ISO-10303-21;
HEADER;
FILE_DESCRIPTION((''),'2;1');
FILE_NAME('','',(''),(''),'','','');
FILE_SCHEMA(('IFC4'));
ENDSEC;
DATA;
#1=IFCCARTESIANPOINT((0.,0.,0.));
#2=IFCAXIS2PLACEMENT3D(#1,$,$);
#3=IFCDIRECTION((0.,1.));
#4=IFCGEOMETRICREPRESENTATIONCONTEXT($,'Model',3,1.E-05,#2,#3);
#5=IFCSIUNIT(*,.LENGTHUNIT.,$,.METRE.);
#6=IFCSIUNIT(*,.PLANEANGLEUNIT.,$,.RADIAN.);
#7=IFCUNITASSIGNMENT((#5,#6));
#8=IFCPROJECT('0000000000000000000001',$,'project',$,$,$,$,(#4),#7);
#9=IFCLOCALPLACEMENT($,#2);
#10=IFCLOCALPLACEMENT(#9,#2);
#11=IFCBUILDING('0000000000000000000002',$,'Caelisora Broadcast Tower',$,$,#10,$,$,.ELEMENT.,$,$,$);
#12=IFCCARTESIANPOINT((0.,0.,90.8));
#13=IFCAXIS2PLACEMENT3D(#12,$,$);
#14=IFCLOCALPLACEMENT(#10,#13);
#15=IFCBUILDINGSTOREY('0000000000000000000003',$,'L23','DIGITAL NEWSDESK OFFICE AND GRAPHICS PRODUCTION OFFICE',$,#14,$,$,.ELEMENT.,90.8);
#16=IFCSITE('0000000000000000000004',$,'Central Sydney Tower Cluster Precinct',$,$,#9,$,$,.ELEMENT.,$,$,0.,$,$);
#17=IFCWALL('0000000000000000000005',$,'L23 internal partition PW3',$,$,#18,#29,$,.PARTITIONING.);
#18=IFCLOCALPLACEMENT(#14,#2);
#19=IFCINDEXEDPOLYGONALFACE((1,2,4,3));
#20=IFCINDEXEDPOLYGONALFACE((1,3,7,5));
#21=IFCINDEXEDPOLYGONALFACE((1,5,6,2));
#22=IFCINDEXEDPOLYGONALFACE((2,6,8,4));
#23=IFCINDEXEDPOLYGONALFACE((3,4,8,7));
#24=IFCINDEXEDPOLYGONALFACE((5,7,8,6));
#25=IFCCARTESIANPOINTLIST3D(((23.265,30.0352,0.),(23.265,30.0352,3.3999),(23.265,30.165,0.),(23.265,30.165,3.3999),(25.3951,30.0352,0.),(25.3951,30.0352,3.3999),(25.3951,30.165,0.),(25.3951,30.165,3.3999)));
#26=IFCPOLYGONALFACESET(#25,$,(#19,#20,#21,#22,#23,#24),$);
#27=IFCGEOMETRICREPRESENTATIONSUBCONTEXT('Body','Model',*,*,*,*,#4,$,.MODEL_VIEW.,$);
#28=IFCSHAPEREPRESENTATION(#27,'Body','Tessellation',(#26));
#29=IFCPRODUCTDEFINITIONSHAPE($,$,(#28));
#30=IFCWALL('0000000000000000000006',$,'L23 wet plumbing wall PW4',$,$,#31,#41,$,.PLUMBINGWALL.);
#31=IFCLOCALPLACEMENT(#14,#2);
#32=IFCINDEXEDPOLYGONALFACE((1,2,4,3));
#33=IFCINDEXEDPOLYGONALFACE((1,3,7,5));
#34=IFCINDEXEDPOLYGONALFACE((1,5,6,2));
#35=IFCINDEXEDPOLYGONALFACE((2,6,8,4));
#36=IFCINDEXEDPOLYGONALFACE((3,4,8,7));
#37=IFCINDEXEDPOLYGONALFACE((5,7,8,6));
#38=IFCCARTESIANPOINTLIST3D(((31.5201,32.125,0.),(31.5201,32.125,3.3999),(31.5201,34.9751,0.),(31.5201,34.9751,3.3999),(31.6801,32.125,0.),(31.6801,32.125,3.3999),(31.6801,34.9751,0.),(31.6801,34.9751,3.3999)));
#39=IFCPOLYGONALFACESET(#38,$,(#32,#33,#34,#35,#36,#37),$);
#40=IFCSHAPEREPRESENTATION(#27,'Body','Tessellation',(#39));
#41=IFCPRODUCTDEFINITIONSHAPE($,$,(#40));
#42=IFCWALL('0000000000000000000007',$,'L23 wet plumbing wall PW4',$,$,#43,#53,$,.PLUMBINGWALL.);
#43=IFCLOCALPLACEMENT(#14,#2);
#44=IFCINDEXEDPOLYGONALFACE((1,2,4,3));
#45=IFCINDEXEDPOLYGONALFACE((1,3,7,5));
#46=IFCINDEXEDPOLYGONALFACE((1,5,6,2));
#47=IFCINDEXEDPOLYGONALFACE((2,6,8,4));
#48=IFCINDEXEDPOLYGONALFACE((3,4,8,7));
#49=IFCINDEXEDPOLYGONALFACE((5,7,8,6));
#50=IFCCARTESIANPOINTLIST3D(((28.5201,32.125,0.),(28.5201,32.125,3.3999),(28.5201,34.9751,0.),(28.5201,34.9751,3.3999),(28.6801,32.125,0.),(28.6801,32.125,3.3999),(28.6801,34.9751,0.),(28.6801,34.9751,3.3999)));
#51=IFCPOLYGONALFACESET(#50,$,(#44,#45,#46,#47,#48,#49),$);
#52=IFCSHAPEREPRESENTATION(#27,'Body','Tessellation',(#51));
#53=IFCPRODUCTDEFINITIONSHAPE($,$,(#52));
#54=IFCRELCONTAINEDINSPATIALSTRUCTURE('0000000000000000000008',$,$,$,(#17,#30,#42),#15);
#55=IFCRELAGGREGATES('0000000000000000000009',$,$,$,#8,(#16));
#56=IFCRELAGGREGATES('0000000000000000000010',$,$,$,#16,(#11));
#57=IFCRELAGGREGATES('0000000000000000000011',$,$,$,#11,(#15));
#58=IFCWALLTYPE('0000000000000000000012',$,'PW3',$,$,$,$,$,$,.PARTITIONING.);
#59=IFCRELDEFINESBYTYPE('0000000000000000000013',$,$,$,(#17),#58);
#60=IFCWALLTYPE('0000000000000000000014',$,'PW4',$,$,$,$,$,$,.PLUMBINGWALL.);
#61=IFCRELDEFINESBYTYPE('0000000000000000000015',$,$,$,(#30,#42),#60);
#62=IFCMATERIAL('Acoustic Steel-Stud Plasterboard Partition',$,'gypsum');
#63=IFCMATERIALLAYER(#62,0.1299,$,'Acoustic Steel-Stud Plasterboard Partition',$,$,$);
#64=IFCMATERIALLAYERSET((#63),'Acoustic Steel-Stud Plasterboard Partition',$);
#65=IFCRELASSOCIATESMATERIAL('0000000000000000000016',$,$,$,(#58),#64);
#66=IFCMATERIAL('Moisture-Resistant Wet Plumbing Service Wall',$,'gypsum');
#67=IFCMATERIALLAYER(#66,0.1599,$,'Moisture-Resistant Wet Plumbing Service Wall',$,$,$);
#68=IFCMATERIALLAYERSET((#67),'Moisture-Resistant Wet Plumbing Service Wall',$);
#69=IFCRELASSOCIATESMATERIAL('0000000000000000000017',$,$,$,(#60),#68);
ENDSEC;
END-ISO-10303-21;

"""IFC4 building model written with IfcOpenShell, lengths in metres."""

from ifc_helpers import new_model, si_unit, direction, frame, frame_2d, origin, place, context, subcontext, project, spatial, rectangle, extrude, material, layer, layer_set, type_object, element, save


model = new_model("IFC4")

# Units and contexts
model_context = context("Model", 3, precision=1e-05, world=origin(), true_north=direction((0.0, 1.0)))
body_context = subcontext(model_context, "Body", "Model", "MODEL_VIEW")
ifc_project = project(units=[si_unit("LENGTHUNIT", "METRE"), si_unit("PLANEANGLEUNIT", "RADIAN")], contexts=[model_context])

# Site, building, storey
site_placement = place(None, origin())
site = spatial("IfcSite", under=ifc_project, at=site_placement, Name="Central Sydney Tower Cluster Precinct", CompositionType="ELEMENT", RefElevation=0.0)
building_placement = place(site_placement, origin())
building = spatial("IfcBuilding", under=site, at=building_placement, Name="Caelisora Broadcast Tower", CompositionType="ELEMENT")
storey_placement = place(building_placement, frame((0.0, 0.0, 90.8)))
storey = spatial("IfcBuildingStorey", under=building, at=storey_placement, Name="L23", Description="DIGITAL NEWSDESK OFFICE AND GRAPHICS PRODUCTION OFFICE", CompositionType="ELEMENT", Elevation=90.8)

# Shared definitions
ifc_material_1 = material(Name="Acoustic Steel-Stud Plasterboard Partition", Category="gypsum")
ifc_layer_1 = layer(ifc_material_1, 0.1299, Name="Acoustic Steel-Stud Plasterboard Partition")
ifc_layer_set_1 = layer_set([ifc_layer_1], Name="Acoustic Steel-Stud Plasterboard Partition")
wall_type_1 = type_object("IfcWallType", Name="PW3", PredefinedType="PARTITIONING", material=ifc_layer_set_1)

# Walls
wall_1_placement = place(storey_placement, frame((25.395, 30.1001, 0.0), z_axis=(0.0, 0.0, 1.0), x_axis=(-1.0, 0.0, 0.0)))
element("IfcWall", 1, at=wall_1_placement, inside=storey, type_object=wall_type_1, Name="L23 internal partition PW3", PredefinedType="PARTITIONING", context=body_context, shape_type="SweptSolid", body=[
    extrude(rectangle(XDim=2.1301, YDim=0.1299, at=frame_2d((1.0649, 0.0))), origin(), (0.0, 0.0, 1.0), 3.3999),
])
ifc_material_2 = material(Name="Moisture-Resistant Wet Plumbing Service Wall", Category="gypsum")
ifc_layer_2 = layer(ifc_material_2, 0.1599, Name="Moisture-Resistant Wet Plumbing Service Wall")
ifc_layer_set_2 = layer_set([ifc_layer_2], Name="Moisture-Resistant Wet Plumbing Service Wall")
wall_type_2 = type_object("IfcWallType", Name="PW4", PredefinedType="PLUMBINGWALL", material=ifc_layer_set_2)
for number, where, z_axis, x_axis, name in (
    (2, (31.6001, 32.125, 0.0), (0.0, 0.0, 1.0), (0.0, 1.0, 0.0), "L23 wet plumbing wall PW4"),
    (3, (28.6001, 32.125, 0.0), (0.0, 0.0, 1.0), (0.0, 1.0, 0.0), "L23 wet plumbing wall PW4"),
):
    element("IfcWall", number, at=place(storey_placement, frame(where, z_axis=z_axis, x_axis=x_axis)), inside=storey, type_object=wall_type_2, Name=name, PredefinedType="PLUMBINGWALL", context=body_context, shape_type="SweptSolid", body=[
        extrude(rectangle(XDim=2.8501, YDim=0.1599, at=frame_2d((1.425, 0.0))), origin(), (0.0, 0.0, 1.0), 3.3999),
    ])

save(model, "model.ifc")
